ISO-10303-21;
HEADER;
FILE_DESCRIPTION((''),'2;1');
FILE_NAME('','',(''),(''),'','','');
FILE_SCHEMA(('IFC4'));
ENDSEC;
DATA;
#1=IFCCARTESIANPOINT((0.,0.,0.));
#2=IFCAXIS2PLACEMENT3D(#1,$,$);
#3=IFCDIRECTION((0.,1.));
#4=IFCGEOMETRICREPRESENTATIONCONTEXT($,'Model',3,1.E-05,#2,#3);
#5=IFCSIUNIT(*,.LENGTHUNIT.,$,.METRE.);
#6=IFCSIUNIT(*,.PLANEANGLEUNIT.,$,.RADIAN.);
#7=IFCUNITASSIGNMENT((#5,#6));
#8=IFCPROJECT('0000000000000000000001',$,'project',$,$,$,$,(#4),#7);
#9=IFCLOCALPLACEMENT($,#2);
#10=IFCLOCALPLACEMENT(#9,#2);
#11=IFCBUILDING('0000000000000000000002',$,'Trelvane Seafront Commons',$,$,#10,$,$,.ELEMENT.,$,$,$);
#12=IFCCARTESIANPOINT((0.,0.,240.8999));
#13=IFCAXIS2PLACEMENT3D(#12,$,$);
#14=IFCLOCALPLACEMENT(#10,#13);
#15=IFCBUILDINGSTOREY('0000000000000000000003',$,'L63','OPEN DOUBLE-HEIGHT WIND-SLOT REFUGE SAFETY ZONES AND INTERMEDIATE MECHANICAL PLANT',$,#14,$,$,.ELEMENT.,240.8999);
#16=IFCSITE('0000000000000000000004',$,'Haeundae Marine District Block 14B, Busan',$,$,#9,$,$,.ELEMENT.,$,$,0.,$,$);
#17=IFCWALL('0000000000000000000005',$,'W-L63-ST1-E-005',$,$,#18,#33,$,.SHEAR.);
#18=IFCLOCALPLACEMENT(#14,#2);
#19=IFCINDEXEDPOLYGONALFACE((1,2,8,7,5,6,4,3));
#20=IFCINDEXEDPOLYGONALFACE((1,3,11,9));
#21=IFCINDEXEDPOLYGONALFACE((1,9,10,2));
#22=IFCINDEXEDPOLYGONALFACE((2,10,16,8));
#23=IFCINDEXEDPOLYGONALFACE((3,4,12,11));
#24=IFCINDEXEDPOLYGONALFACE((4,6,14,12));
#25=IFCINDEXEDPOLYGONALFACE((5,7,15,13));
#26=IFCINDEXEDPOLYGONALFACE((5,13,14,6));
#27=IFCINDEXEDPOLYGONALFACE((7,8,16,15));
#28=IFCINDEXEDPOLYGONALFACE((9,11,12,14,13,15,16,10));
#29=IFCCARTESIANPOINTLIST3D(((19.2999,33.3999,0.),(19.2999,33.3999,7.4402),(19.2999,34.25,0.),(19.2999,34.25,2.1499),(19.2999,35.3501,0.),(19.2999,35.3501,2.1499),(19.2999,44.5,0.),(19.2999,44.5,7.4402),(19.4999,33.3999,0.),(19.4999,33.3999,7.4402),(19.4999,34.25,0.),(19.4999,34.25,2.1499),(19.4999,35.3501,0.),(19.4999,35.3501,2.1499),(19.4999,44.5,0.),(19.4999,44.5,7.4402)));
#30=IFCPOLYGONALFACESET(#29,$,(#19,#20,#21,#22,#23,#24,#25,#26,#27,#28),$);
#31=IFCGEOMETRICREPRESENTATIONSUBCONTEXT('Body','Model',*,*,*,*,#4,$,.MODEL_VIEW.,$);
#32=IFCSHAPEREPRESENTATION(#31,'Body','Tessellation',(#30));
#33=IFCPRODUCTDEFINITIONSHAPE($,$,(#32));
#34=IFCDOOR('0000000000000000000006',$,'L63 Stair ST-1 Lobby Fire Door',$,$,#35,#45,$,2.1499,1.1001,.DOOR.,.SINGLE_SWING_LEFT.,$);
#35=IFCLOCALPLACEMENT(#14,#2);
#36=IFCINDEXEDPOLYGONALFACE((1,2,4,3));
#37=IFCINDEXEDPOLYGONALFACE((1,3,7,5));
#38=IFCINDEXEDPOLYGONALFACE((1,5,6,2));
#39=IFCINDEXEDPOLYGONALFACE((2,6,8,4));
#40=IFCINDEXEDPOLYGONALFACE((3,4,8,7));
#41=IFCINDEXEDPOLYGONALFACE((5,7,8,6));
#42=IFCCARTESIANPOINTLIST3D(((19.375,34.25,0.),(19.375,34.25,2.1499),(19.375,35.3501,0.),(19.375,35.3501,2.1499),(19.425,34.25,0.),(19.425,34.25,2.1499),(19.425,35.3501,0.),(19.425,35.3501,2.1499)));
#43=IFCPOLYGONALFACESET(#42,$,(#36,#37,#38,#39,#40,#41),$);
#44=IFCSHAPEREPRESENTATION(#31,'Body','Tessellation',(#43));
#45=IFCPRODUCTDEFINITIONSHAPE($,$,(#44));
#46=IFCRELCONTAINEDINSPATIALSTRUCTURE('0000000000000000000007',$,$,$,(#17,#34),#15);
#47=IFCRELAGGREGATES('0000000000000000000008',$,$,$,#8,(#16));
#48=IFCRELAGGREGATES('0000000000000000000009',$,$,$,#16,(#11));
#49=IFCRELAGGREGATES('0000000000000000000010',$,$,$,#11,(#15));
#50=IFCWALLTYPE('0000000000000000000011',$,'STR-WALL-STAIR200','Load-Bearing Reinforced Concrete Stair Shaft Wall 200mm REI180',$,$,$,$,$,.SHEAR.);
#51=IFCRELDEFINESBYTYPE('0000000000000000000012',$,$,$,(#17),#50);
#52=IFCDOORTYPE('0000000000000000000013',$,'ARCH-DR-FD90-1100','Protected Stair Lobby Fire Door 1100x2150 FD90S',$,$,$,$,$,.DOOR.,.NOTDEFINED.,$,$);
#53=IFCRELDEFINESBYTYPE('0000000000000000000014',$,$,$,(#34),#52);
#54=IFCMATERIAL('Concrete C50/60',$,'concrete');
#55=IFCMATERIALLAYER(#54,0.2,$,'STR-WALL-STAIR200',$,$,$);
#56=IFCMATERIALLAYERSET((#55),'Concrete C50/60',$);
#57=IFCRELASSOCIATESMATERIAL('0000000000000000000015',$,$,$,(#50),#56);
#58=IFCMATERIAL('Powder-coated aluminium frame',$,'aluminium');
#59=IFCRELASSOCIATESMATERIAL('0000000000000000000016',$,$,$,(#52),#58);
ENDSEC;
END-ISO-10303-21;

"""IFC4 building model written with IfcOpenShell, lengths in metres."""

from ifc_helpers import new_model, si_unit, direction, frame, frame_2d, origin, place, context, subcontext, project, spatial, rectangle, extrude, source, transform, mapped, material, layer, layer_set, type_object, element, fill, save


model = new_model("IFC4")

# Units and contexts
model_context = context("Model", 3, precision=1e-05, world=origin(), true_north=direction((0.0, 1.0)))
body_context = subcontext(model_context, "Body", "Model", "MODEL_VIEW")
ifc_project = project(units=[si_unit("LENGTHUNIT", "METRE"), si_unit("PLANEANGLEUNIT", "RADIAN")], contexts=[model_context])

# Site, building, storey
site_placement = place(None, origin())
site = spatial("IfcSite", under=ifc_project, at=site_placement, Name="Haeundae Marine District Block 14B, Busan", CompositionType="ELEMENT", RefElevation=0.0)
building_placement = place(site_placement, origin())
building = spatial("IfcBuilding", under=site, at=building_placement, Name="Trelvane Seafront Commons", CompositionType="ELEMENT")
storey_placement = place(building_placement, frame((0.0, 0.0, 240.8999)))
storey = spatial("IfcBuildingStorey", under=building, at=storey_placement, Name="L63", Description="OPEN DOUBLE-HEIGHT WIND-SLOT REFUGE SAFETY ZONES AND INTERMEDIATE MECHANICAL PLANT", CompositionType="ELEMENT", Elevation=240.8999)

# Shared definitions
ifc_material_1 = material(Name="Concrete C50/60", Category="concrete")

# Shared definitions
ifc_material_2 = material(Name="Powder-coated aluminium frame", Category="aluminium")

# Shared definitions
ifc_layer_1 = layer(ifc_material_1, 0.2, Name="STR-WALL-STAIR200")
ifc_layer_set_1 = layer_set([ifc_layer_1], Name="Concrete C50/60")
wall_type_1 = type_object("IfcWallType", Name="STR-WALL-STAIR200", Description="Load-Bearing Reinforced Concrete Stair Shaft Wall 200mm REI180", PredefinedType="SHEAR", material=ifc_layer_set_1)

# Wall, opening, door
wall_1_placement = place(storey_placement, frame((19.3999, 33.3999, 0.0), z_axis=(0.0, 0.0, 1.0), x_axis=(0.0, 1.0, 0.0)))
wall_1 = element("IfcWall", 1, at=wall_1_placement, inside=storey, type_object=wall_type_1, Name="W-L63-ST1-E-005", PredefinedType="SHEAR", context=body_context, shape_type="SweptSolid", body=[
    extrude(rectangle(XDim=11.1001, YDim=0.2, at=frame_2d((5.55, 0.0))), origin(), (0.0, 0.0, 1.0), 7.4402),
])
opening_1_placement = place(wall_1_placement, frame((0.8501, 0.0, 0.0)))
opening_1 = element("IfcOpeningElement", 2, at=opening_1_placement, cuts=wall_1, PredefinedType="OPENING", context=body_context, shape_type="SweptSolid", body=[
    extrude(rectangle(XDim=1.1001, YDim=2.1499, at=frame_2d((0.55, 1.075))), frame((0.0, 0.1099, 0.0), z_axis=(0.0, -1.0, 0.0), x_axis=(1.0, 0.0, 0.0)), (0.0, 0.0, 1.0), 0.22),
])
door_type_1 = type_object("IfcDoorType", Name="ARCH-DR-FD90-1100", Description="Protected Stair Lobby Fire Door 1100x2150 FD90S", OperationType="NOTDEFINED", PredefinedType="DOOR", material=ifc_material_2)
shared_shape_1 = source(origin(), body_context, "Body", "SweptSolid", [
    extrude(rectangle(XDim=1.1001, YDim=2.1499, at=frame_2d((0.55, 1.075))), frame((0.0, 0.0249, 0.0), z_axis=(0.0, -1.0, 0.0), x_axis=(1.0, 0.0, 0.0)), (0.0, 0.0, 1.0), 0.05),
])
door_1_placement = place(opening_1_placement, origin())
door_1 = element("IfcDoor", 3, at=door_1_placement, inside=storey, type_object=door_type_1, Name="L63 Stair ST-1 Lobby Fire Door", OperationType="SINGLE_SWING_LEFT", OverallHeight=2.1499, OverallWidth=1.1001, PredefinedType="DOOR", context=body_context, shape_type="MappedRepresentation", body=[
    mapped(shared_shape_1, transform((0.0, 0.0, 0.0), x_axis=(1.0, 0.0, 0.0), y_axis=(0.0, 1.0, 0.0), z_axis=(0.0, 0.0, 1.0), scale=1.0)),
])
fill(opening_1, door_1)

save(model, "model.ifc")
